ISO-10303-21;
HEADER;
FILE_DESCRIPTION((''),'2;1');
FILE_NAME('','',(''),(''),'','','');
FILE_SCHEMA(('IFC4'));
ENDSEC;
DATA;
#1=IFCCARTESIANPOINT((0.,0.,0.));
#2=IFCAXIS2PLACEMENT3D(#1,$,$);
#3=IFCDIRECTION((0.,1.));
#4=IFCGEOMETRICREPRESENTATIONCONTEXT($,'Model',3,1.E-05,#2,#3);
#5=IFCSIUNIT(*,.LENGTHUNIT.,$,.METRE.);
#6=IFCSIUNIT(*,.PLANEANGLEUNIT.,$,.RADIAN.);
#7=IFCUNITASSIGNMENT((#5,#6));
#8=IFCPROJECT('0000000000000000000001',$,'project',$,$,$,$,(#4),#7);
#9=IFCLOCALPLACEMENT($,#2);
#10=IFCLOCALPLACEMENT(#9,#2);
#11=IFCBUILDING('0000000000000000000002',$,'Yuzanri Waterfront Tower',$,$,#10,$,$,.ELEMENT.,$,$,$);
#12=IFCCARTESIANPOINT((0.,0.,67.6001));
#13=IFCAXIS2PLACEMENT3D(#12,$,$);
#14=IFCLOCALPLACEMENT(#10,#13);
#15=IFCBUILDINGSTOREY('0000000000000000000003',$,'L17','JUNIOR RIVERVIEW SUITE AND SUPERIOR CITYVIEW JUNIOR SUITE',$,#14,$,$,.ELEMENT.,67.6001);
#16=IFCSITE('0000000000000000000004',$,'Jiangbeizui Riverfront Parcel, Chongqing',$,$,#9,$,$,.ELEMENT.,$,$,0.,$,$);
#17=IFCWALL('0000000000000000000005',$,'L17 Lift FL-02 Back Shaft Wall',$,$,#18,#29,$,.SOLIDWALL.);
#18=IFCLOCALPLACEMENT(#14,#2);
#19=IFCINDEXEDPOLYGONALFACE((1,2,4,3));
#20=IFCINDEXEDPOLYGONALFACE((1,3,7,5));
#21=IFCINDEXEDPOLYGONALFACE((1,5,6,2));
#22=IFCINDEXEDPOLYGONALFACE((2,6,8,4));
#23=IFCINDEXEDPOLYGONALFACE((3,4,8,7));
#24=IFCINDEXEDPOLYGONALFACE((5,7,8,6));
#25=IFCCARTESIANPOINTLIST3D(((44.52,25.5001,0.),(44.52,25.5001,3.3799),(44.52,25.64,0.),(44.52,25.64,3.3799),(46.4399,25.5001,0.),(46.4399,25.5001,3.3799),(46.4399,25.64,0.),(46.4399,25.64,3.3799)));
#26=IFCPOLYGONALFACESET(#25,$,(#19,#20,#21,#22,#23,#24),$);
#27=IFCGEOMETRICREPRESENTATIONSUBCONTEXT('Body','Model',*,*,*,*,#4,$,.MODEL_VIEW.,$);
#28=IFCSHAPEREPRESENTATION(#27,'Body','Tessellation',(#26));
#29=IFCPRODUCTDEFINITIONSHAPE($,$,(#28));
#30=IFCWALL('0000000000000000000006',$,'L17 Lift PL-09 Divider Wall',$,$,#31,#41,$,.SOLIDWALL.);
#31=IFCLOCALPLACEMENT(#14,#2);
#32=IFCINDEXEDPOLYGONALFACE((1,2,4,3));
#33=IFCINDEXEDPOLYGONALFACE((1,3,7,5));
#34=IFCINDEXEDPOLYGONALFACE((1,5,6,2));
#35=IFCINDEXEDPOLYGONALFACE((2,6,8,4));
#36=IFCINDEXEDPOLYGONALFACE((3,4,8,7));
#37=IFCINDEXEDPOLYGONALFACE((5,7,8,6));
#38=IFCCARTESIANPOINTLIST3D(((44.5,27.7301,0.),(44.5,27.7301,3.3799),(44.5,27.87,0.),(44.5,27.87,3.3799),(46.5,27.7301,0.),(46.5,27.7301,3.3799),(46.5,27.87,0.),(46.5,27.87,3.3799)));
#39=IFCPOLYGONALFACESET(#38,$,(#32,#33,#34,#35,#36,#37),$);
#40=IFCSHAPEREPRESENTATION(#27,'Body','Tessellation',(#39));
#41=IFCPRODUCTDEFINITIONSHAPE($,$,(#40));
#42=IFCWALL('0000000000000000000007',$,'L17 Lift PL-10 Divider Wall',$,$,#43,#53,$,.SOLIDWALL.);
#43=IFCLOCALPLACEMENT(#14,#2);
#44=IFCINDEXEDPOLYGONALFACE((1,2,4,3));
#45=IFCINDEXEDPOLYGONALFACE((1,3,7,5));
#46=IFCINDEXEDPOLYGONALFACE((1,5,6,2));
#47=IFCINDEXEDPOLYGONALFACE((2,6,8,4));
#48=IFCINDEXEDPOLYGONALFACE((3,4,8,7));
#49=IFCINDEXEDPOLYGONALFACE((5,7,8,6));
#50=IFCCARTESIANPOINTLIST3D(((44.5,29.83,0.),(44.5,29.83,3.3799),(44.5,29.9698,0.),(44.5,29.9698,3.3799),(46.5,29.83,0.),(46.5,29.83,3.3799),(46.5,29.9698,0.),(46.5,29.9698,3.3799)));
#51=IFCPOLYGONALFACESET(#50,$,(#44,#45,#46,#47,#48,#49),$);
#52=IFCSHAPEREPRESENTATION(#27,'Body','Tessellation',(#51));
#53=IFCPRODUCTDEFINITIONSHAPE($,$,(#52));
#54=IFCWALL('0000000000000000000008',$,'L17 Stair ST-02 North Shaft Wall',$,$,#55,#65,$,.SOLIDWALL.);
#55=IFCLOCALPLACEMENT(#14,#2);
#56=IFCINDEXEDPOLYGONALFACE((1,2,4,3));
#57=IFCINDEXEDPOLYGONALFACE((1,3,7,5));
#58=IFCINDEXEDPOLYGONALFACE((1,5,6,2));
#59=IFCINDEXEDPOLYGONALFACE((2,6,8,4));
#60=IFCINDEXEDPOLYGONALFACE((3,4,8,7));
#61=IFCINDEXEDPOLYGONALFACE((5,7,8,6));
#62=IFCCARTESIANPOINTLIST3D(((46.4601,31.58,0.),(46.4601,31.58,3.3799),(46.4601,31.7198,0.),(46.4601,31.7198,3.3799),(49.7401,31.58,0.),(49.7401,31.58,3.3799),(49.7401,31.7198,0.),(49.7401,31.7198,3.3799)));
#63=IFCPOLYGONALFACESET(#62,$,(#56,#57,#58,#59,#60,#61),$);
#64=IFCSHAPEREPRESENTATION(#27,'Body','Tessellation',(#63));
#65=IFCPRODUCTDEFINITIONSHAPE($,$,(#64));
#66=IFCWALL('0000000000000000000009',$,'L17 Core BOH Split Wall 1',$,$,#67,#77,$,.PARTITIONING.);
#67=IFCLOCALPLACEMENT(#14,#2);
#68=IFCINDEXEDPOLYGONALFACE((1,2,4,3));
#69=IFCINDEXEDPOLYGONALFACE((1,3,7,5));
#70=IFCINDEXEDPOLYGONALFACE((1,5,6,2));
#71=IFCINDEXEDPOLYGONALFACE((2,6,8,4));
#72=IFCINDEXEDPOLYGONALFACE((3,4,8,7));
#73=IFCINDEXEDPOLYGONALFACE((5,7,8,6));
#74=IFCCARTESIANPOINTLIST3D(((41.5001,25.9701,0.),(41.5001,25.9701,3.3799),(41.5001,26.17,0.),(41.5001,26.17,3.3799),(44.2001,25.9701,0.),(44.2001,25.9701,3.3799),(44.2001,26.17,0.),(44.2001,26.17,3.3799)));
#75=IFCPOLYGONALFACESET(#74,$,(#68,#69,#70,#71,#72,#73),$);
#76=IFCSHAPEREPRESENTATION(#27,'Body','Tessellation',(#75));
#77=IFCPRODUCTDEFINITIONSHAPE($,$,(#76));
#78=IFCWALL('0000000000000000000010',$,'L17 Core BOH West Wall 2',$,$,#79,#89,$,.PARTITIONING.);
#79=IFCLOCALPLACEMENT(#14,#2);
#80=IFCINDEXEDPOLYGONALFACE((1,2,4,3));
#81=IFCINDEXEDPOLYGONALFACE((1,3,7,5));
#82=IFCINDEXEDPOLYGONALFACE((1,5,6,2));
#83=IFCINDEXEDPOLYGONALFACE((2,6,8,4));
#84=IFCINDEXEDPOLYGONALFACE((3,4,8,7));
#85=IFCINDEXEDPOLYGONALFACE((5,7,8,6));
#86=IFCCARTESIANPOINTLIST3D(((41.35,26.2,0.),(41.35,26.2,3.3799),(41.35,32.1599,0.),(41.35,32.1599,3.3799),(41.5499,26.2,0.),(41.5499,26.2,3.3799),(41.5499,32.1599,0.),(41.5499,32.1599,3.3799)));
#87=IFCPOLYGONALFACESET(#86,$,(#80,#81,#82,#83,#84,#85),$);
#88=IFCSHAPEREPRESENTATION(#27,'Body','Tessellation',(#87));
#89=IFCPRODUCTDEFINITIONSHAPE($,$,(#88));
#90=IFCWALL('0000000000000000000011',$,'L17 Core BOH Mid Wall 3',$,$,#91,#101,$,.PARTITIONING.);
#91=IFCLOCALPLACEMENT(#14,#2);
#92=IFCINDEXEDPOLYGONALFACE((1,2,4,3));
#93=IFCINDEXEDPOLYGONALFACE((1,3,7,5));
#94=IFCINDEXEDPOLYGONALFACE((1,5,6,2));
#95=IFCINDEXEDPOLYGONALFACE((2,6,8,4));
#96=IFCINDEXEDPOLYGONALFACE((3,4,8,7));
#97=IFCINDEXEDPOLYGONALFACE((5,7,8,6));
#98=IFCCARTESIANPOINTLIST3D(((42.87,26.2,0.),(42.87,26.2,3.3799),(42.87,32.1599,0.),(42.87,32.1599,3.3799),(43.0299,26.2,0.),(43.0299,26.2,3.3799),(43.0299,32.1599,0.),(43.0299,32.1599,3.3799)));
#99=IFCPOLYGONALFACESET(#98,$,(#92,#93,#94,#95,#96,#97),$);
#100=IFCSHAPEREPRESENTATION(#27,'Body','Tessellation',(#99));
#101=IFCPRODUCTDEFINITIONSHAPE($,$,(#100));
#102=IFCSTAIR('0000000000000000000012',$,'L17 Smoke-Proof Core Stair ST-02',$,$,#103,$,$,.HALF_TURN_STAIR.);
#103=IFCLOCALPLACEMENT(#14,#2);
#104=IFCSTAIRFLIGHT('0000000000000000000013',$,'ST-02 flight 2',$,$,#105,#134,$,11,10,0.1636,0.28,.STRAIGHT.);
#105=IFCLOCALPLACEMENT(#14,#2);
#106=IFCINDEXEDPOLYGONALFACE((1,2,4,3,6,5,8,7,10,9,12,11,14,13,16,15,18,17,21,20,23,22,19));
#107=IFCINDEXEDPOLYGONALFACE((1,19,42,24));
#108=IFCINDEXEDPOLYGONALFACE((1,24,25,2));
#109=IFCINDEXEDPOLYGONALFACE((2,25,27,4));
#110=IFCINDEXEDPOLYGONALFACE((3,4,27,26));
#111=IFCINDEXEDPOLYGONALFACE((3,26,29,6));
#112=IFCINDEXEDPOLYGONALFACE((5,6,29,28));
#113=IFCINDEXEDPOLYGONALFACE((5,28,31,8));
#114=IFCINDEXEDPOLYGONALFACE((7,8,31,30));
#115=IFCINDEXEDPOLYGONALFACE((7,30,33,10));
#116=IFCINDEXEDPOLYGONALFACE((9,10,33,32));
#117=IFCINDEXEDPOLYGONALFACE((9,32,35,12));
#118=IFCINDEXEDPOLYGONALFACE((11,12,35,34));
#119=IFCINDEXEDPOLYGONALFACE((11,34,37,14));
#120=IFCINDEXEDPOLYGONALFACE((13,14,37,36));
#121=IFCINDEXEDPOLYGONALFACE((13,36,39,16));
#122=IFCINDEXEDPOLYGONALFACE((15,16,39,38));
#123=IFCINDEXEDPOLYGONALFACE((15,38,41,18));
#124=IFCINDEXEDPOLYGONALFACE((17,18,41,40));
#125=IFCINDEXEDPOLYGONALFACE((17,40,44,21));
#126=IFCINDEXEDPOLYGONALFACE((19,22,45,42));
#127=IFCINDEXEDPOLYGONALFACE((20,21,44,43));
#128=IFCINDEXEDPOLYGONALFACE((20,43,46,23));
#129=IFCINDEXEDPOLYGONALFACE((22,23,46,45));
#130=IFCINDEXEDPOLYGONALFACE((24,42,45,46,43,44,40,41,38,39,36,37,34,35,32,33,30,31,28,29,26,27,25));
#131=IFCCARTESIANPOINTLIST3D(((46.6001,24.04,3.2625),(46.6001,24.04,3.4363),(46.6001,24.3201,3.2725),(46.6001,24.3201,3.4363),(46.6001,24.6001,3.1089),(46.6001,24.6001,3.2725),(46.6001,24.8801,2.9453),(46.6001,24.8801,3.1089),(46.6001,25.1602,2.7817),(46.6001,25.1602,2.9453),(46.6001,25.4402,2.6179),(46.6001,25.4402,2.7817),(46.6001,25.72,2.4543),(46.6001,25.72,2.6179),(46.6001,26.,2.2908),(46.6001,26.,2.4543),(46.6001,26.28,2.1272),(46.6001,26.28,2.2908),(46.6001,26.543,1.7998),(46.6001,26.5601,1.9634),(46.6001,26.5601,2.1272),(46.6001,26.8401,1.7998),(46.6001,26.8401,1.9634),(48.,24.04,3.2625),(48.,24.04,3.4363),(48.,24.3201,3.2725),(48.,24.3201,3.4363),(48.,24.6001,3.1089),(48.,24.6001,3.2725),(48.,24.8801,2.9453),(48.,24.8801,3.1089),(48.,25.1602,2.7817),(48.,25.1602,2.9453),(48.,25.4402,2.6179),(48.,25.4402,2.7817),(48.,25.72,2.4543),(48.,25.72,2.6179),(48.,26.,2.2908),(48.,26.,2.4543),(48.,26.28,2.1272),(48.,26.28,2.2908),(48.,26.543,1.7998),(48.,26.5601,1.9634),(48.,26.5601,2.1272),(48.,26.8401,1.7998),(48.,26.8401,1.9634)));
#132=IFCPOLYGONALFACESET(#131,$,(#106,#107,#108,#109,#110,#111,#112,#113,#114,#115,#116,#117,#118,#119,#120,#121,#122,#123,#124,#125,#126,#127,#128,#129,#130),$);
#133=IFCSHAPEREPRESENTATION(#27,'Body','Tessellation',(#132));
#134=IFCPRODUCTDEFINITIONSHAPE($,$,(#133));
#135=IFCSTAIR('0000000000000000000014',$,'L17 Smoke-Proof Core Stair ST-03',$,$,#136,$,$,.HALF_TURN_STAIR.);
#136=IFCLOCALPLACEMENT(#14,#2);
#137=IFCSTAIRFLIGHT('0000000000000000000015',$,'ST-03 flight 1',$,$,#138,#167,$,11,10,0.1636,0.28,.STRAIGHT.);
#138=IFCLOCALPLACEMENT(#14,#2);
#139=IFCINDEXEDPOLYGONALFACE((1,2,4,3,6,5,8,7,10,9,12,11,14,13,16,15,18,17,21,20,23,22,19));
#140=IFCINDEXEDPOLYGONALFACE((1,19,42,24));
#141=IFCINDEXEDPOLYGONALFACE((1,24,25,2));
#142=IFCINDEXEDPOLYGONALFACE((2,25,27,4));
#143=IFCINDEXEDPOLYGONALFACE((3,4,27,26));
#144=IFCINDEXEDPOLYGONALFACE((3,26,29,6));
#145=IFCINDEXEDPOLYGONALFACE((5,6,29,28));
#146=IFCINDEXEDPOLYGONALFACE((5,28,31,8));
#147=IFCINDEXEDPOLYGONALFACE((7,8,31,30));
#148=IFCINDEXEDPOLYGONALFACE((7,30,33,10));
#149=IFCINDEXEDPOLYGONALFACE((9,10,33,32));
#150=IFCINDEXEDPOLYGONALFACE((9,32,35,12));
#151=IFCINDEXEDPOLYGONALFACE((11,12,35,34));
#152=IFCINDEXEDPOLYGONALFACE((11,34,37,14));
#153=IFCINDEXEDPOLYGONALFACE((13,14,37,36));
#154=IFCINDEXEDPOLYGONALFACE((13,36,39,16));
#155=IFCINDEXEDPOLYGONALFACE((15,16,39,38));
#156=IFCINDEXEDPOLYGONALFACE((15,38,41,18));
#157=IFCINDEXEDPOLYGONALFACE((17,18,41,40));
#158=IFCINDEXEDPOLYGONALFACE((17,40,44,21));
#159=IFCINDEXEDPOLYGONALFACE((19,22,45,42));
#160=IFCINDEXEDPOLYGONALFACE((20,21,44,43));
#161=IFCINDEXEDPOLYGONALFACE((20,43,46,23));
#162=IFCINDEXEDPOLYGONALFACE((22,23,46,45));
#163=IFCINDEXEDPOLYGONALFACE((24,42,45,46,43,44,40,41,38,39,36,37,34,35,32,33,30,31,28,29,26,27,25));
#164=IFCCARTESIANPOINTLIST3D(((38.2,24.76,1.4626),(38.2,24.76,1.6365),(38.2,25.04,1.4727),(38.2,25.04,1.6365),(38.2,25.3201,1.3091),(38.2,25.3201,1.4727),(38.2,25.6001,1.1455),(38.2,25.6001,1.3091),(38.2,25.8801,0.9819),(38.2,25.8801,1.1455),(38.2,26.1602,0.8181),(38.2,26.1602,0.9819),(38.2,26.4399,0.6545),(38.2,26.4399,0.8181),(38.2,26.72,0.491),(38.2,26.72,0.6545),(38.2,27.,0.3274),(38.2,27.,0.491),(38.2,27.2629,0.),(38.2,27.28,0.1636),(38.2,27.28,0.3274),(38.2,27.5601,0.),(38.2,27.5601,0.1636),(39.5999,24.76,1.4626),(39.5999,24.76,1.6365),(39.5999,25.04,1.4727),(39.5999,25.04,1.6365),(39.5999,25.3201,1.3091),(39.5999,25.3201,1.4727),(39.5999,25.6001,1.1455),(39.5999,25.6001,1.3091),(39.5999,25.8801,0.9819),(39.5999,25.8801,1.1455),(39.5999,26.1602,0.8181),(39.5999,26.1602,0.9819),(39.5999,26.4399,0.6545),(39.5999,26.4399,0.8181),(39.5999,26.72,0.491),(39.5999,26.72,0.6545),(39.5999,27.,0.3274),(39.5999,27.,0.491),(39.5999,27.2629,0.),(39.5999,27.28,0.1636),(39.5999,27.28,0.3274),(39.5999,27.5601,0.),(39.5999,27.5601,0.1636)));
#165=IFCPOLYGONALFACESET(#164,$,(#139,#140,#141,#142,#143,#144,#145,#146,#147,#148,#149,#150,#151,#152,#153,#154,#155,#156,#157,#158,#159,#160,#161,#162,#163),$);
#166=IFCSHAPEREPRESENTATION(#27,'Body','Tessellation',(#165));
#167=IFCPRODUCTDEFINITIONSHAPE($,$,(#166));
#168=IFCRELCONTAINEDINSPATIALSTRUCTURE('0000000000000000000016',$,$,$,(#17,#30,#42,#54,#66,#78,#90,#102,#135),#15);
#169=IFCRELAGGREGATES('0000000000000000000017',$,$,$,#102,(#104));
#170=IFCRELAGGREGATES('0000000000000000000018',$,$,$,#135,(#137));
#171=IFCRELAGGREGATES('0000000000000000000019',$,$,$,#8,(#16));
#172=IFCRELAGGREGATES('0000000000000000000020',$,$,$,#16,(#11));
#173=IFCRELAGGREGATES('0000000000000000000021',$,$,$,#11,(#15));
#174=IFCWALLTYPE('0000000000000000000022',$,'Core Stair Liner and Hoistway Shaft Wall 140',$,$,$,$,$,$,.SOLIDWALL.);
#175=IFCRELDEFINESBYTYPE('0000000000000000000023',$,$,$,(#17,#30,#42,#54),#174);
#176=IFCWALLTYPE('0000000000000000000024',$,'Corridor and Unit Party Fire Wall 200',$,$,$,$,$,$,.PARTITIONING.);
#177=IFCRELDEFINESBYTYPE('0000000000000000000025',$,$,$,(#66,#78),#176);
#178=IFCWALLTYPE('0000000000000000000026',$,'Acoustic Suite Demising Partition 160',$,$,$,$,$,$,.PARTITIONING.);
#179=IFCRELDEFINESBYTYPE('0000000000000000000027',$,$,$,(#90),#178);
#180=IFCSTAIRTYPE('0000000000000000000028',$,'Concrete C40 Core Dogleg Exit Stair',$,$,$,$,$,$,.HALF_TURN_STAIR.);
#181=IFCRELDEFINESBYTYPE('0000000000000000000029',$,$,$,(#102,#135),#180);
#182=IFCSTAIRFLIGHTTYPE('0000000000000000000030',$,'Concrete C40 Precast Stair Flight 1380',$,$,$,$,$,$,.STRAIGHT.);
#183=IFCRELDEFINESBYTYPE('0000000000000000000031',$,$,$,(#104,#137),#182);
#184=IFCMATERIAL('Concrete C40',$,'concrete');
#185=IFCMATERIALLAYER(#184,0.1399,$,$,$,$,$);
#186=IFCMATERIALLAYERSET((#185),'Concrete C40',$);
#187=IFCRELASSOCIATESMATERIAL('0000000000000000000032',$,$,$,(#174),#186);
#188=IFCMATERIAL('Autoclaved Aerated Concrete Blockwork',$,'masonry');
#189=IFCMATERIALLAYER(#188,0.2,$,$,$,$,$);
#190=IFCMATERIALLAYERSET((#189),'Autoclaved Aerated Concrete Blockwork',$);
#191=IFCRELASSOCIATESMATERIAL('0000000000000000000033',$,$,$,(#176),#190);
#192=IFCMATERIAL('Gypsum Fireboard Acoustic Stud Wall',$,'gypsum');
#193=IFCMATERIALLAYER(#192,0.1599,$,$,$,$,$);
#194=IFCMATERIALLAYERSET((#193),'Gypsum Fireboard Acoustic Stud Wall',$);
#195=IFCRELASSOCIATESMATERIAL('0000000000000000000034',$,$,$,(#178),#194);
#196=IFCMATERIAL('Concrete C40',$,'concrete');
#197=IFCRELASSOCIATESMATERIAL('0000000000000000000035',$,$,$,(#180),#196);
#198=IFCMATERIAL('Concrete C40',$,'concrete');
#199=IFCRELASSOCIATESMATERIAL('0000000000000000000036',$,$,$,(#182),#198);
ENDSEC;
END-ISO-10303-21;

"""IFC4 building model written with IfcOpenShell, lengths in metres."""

from ifc_helpers import new_model, si_unit, direction, frame, frame_2d, origin, place, context, subcontext, project, spatial, polyline, rectangle, outline, extrude, source, transform, mapped, material, layer, layer_set, type_object, element, aggregate, save


model = new_model("IFC4")

# Units and contexts
model_context = context("Model", 3, precision=1e-05, world=origin(), true_north=direction((0.0, 1.0)))
body_context = subcontext(model_context, "Body", "Model", "MODEL_VIEW")
ifc_project = project(units=[si_unit("LENGTHUNIT", "METRE"), si_unit("PLANEANGLEUNIT", "RADIAN")], contexts=[model_context])

# Site, building, storey
site_placement = place(None, origin())
site = spatial("IfcSite", under=ifc_project, at=site_placement, Name="Jiangbeizui Riverfront Parcel, Chongqing", CompositionType="ELEMENT", RefElevation=0.0)
building_placement = place(site_placement, origin())
building = spatial("IfcBuilding", under=site, at=building_placement, Name="Yuzanri Waterfront Tower", CompositionType="ELEMENT")
storey_placement = place(building_placement, frame((0.0, 0.0, 67.6001)))
storey = spatial("IfcBuildingStorey", under=building, at=storey_placement, Name="L17", Description="JUNIOR RIVERVIEW SUITE AND SUPERIOR CITYVIEW JUNIOR SUITE", CompositionType="ELEMENT", Elevation=67.6001)

# Shared definitions
ifc_material_1 = material(Name="Concrete C40", Category="concrete")
ifc_layer_1 = layer(ifc_material_1, 0.1399)
ifc_layer_set_1 = layer_set([ifc_layer_1], Name="Concrete C40")
wall_type_1 = type_object("IfcWallType", Name="Core Stair Liner and Hoistway Shaft Wall 140", PredefinedType="SOLIDWALL", material=ifc_layer_set_1)
ifc_material_2 = material(Name="Autoclaved Aerated Concrete Blockwork", Category="masonry")
ifc_layer_2 = layer(ifc_material_2, 0.2)
ifc_layer_set_2 = layer_set([ifc_layer_2], Name="Autoclaved Aerated Concrete Blockwork")
wall_type_2 = type_object("IfcWallType", Name="Corridor and Unit Party Fire Wall 200", PredefinedType="PARTITIONING", material=ifc_layer_set_2)

# Walls
shared_shape_1 = source(origin(), body_context, "Body", "SweptSolid", [
    extrude(rectangle(XDim=1.9199, YDim=0.1399, at=frame_2d((0.96, 0.0))), origin(), (0.0, 0.0, 1.0), 3.3799),
])
wall_1_placement = place(storey_placement, frame((44.52, 25.5701, 0.0), z_axis=(0.0, 0.0, 1.0), x_axis=(1.0, 0.0, 0.0)))
element("IfcWall", 1, at=wall_1_placement, inside=storey, type_object=wall_type_1, Name="L17 Lift FL-02 Back Shaft Wall", PredefinedType="SOLIDWALL", context=body_context, shape_type="MappedRepresentation", body=[
    mapped(shared_shape_1, transform((0.0, 0.0, 0.0), scale=1.0)),
])
shared_shape_2 = source(origin(), body_context, "Body", "SweptSolid", [
    extrude(rectangle(XDim=2.0, YDim=0.1399, at=frame_2d((1.0, 0.0))), origin(), (0.0, 0.0, 1.0), 3.3799),
])
for number, where, z_axis, x_axis, name in (
    (2, (44.5, 27.8, 0.0), (0.0, 0.0, 1.0), (1.0, 0.0, 0.0), "L17 Lift PL-09 Divider Wall"),
    (3, (44.5, 29.8999, 0.0), (0.0, 0.0, 1.0), (1.0, 0.0, 0.0), "L17 Lift PL-10 Divider Wall"),
):
    element("IfcWall", number, at=place(storey_placement, frame(where, z_axis=z_axis, x_axis=x_axis)), inside=storey, type_object=wall_type_1, Name=name, PredefinedType="SOLIDWALL", context=body_context, shape_type="MappedRepresentation", body=[
        mapped(shared_shape_2, transform((0.0, 0.0, 0.0), scale=1.0)),
    ])
shared_shape_3 = source(origin(), body_context, "Body", "SweptSolid", [
    extrude(rectangle(XDim=3.28, YDim=0.1399, at=frame_2d((1.6401, 0.0))), origin(), (0.0, 0.0, 1.0), 3.3799),
])
wall_2_placement = place(storey_placement, frame((46.46, 31.6499, 0.0), z_axis=(0.0, 0.0, 1.0), x_axis=(1.0, 0.0, 0.0)))
element("IfcWall", 4, at=wall_2_placement, inside=storey, type_object=wall_type_1, Name="L17 Stair ST-02 North Shaft Wall", PredefinedType="SOLIDWALL", context=body_context, shape_type="MappedRepresentation", body=[
    mapped(shared_shape_3, transform((0.0, 0.0, 0.0), scale=1.0)),
])
shared_shape_4 = source(origin(), body_context, "Body", "SweptSolid", [
    extrude(rectangle(XDim=2.7, YDim=0.2, at=frame_2d((1.3501, 0.0))), origin(), (0.0, 0.0, 1.0), 3.3799),
])
wall_3_placement = place(storey_placement, frame((41.5, 26.0701, 0.0), z_axis=(0.0, 0.0, 1.0), x_axis=(1.0, 0.0, 0.0)))
element("IfcWall", 5, at=wall_3_placement, inside=storey, type_object=wall_type_2, Name="L17 Core BOH Split Wall 1", PredefinedType="PARTITIONING", context=body_context, shape_type="MappedRepresentation", body=[
    mapped(shared_shape_4, transform((0.0, 0.0, 0.0), scale=1.0)),
])
shared_shape_5 = source(origin(), body_context, "Body", "SweptSolid", [
    extrude(rectangle(XDim=5.96, YDim=0.2, at=frame_2d((2.98, 0.0))), origin(), (0.0, 0.0, 1.0), 3.3799),
])
wall_4_placement = place(storey_placement, frame((41.45, 26.2, 0.0), z_axis=(0.0, 0.0, 1.0), x_axis=(0.0, 1.0, 0.0)))
element("IfcWall", 6, at=wall_4_placement, inside=storey, type_object=wall_type_2, Name="L17 Core BOH West Wall 2", PredefinedType="PARTITIONING", context=body_context, shape_type="MappedRepresentation", body=[
    mapped(shared_shape_5, transform((0.0, 0.0, 0.0), scale=1.0)),
])
ifc_material_3 = material(Name="Gypsum Fireboard Acoustic Stud Wall", Category="gypsum")
ifc_layer_3 = layer(ifc_material_3, 0.1599)
ifc_layer_set_3 = layer_set([ifc_layer_3], Name="Gypsum Fireboard Acoustic Stud Wall")
wall_type_3 = type_object("IfcWallType", Name="Acoustic Suite Demising Partition 160", PredefinedType="PARTITIONING", material=ifc_layer_set_3)
shared_shape_6 = source(origin(), body_context, "Body", "SweptSolid", [
    extrude(rectangle(XDim=5.96, YDim=0.1599, at=frame_2d((2.98, 0.0))), origin(), (0.0, 0.0, 1.0), 3.3799),
])
wall_5_placement = place(storey_placement, frame((42.95, 26.2, 0.0), z_axis=(0.0, 0.0, 1.0), x_axis=(0.0, 1.0, 0.0)))
element("IfcWall", 7, at=wall_5_placement, inside=storey, type_object=wall_type_3, Name="L17 Core BOH Mid Wall 3", PredefinedType="PARTITIONING", context=body_context, shape_type="MappedRepresentation", body=[
    mapped(shared_shape_6, transform((0.0, 0.0, 0.0), scale=1.0)),
])

# Stairs, stair flights
ifc_material_4 = material(Name="Concrete C40", Category="concrete")
stair_type = type_object("IfcStairType", Name="Concrete C40 Core Dogleg Exit Stair", PredefinedType="HALF_TURN_STAIR", material=ifc_material_4)
stair_1_placement = place(storey_placement, origin())
stair_1 = element("IfcStair", 8, at=stair_1_placement, inside=storey, type_object=stair_type, Name="L17 Smoke-Proof Core Stair ST-02", PredefinedType="HALF_TURN_STAIR")
ifc_material_5 = material(Name="Concrete C40", Category="concrete")
stair_flight_type = type_object("IfcStairFlightType", Name="Concrete C40 Precast Stair Flight 1380", PredefinedType="STRAIGHT", material=ifc_material_5)
shared_shape_7 = source(origin(), body_context, "Body", "SweptSolid", [
    extrude(outline(polyline([(0.0, 0.0), (0.0, 0.1636), (0.28, 0.1636), (0.28, 0.3274), (0.5601, 0.3274), (0.5601, 0.491), (0.8401, 0.491), (0.8401, 0.6545), (1.1201, 0.6545), (1.1201, 0.8181), (1.3999, 0.8181), (1.3999, 0.9819), (1.6799, 0.9819), (1.6799, 1.1455), (1.96, 1.1455), (1.96, 1.3091), (2.24, 1.3091), (2.24, 1.4727), (2.52, 1.4727), (2.52, 1.6365), (2.8, 1.6365), (2.8, 1.8), (2.8, 1.4626), (0.2971, 0.0), (0.0, 0.0)])), frame((0.0, 0.7, 0.0), z_axis=(0.0, -1.0, 0.0), x_axis=(1.0, 0.0, 0.0)), (0.0, 0.0, 1.0), 1.3999),
])
stair_flight_1_placement = place(storey_placement, frame((47.3, 26.8401, 1.7998), z_axis=(0.0, 0.0, 1.0), x_axis=(0.0, -1.0, 0.0)))
stair_flight_1 = element("IfcStairFlight", 9, at=stair_flight_1_placement, type_object=stair_flight_type, Name="ST-02 flight 2", NumberOfRisers=11, NumberOfTreads=10, PredefinedType="STRAIGHT", RiserHeight=0.1636, TreadLength=0.28, context=body_context, shape_type="MappedRepresentation", body=[
    mapped(shared_shape_7, transform((0.0, 0.0, 0.0), scale=1.0)),
])
aggregate(stair_1, [stair_flight_1])
stair_2_placement = place(storey_placement, origin())
stair_2 = element("IfcStair", 10, at=stair_2_placement, inside=storey, type_object=stair_type, Name="L17 Smoke-Proof Core Stair ST-03", PredefinedType="HALF_TURN_STAIR")
stair_flight_2_placement = place(storey_placement, frame((38.8999, 27.5601, 0.0), z_axis=(0.0, 0.0, 1.0), x_axis=(0.0, -1.0, 0.0)))
stair_flight_2 = element("IfcStairFlight", 11, at=stair_flight_2_placement, type_object=stair_flight_type, Name="ST-03 flight 1", NumberOfRisers=11, NumberOfTreads=10, PredefinedType="STRAIGHT", RiserHeight=0.1636, TreadLength=0.28, context=body_context, shape_type="MappedRepresentation", body=[
    mapped(shared_shape_7, transform((0.0, 0.0, 0.0), scale=1.0)),
])
aggregate(stair_2, [stair_flight_2])

save(model, "model.ifc")
